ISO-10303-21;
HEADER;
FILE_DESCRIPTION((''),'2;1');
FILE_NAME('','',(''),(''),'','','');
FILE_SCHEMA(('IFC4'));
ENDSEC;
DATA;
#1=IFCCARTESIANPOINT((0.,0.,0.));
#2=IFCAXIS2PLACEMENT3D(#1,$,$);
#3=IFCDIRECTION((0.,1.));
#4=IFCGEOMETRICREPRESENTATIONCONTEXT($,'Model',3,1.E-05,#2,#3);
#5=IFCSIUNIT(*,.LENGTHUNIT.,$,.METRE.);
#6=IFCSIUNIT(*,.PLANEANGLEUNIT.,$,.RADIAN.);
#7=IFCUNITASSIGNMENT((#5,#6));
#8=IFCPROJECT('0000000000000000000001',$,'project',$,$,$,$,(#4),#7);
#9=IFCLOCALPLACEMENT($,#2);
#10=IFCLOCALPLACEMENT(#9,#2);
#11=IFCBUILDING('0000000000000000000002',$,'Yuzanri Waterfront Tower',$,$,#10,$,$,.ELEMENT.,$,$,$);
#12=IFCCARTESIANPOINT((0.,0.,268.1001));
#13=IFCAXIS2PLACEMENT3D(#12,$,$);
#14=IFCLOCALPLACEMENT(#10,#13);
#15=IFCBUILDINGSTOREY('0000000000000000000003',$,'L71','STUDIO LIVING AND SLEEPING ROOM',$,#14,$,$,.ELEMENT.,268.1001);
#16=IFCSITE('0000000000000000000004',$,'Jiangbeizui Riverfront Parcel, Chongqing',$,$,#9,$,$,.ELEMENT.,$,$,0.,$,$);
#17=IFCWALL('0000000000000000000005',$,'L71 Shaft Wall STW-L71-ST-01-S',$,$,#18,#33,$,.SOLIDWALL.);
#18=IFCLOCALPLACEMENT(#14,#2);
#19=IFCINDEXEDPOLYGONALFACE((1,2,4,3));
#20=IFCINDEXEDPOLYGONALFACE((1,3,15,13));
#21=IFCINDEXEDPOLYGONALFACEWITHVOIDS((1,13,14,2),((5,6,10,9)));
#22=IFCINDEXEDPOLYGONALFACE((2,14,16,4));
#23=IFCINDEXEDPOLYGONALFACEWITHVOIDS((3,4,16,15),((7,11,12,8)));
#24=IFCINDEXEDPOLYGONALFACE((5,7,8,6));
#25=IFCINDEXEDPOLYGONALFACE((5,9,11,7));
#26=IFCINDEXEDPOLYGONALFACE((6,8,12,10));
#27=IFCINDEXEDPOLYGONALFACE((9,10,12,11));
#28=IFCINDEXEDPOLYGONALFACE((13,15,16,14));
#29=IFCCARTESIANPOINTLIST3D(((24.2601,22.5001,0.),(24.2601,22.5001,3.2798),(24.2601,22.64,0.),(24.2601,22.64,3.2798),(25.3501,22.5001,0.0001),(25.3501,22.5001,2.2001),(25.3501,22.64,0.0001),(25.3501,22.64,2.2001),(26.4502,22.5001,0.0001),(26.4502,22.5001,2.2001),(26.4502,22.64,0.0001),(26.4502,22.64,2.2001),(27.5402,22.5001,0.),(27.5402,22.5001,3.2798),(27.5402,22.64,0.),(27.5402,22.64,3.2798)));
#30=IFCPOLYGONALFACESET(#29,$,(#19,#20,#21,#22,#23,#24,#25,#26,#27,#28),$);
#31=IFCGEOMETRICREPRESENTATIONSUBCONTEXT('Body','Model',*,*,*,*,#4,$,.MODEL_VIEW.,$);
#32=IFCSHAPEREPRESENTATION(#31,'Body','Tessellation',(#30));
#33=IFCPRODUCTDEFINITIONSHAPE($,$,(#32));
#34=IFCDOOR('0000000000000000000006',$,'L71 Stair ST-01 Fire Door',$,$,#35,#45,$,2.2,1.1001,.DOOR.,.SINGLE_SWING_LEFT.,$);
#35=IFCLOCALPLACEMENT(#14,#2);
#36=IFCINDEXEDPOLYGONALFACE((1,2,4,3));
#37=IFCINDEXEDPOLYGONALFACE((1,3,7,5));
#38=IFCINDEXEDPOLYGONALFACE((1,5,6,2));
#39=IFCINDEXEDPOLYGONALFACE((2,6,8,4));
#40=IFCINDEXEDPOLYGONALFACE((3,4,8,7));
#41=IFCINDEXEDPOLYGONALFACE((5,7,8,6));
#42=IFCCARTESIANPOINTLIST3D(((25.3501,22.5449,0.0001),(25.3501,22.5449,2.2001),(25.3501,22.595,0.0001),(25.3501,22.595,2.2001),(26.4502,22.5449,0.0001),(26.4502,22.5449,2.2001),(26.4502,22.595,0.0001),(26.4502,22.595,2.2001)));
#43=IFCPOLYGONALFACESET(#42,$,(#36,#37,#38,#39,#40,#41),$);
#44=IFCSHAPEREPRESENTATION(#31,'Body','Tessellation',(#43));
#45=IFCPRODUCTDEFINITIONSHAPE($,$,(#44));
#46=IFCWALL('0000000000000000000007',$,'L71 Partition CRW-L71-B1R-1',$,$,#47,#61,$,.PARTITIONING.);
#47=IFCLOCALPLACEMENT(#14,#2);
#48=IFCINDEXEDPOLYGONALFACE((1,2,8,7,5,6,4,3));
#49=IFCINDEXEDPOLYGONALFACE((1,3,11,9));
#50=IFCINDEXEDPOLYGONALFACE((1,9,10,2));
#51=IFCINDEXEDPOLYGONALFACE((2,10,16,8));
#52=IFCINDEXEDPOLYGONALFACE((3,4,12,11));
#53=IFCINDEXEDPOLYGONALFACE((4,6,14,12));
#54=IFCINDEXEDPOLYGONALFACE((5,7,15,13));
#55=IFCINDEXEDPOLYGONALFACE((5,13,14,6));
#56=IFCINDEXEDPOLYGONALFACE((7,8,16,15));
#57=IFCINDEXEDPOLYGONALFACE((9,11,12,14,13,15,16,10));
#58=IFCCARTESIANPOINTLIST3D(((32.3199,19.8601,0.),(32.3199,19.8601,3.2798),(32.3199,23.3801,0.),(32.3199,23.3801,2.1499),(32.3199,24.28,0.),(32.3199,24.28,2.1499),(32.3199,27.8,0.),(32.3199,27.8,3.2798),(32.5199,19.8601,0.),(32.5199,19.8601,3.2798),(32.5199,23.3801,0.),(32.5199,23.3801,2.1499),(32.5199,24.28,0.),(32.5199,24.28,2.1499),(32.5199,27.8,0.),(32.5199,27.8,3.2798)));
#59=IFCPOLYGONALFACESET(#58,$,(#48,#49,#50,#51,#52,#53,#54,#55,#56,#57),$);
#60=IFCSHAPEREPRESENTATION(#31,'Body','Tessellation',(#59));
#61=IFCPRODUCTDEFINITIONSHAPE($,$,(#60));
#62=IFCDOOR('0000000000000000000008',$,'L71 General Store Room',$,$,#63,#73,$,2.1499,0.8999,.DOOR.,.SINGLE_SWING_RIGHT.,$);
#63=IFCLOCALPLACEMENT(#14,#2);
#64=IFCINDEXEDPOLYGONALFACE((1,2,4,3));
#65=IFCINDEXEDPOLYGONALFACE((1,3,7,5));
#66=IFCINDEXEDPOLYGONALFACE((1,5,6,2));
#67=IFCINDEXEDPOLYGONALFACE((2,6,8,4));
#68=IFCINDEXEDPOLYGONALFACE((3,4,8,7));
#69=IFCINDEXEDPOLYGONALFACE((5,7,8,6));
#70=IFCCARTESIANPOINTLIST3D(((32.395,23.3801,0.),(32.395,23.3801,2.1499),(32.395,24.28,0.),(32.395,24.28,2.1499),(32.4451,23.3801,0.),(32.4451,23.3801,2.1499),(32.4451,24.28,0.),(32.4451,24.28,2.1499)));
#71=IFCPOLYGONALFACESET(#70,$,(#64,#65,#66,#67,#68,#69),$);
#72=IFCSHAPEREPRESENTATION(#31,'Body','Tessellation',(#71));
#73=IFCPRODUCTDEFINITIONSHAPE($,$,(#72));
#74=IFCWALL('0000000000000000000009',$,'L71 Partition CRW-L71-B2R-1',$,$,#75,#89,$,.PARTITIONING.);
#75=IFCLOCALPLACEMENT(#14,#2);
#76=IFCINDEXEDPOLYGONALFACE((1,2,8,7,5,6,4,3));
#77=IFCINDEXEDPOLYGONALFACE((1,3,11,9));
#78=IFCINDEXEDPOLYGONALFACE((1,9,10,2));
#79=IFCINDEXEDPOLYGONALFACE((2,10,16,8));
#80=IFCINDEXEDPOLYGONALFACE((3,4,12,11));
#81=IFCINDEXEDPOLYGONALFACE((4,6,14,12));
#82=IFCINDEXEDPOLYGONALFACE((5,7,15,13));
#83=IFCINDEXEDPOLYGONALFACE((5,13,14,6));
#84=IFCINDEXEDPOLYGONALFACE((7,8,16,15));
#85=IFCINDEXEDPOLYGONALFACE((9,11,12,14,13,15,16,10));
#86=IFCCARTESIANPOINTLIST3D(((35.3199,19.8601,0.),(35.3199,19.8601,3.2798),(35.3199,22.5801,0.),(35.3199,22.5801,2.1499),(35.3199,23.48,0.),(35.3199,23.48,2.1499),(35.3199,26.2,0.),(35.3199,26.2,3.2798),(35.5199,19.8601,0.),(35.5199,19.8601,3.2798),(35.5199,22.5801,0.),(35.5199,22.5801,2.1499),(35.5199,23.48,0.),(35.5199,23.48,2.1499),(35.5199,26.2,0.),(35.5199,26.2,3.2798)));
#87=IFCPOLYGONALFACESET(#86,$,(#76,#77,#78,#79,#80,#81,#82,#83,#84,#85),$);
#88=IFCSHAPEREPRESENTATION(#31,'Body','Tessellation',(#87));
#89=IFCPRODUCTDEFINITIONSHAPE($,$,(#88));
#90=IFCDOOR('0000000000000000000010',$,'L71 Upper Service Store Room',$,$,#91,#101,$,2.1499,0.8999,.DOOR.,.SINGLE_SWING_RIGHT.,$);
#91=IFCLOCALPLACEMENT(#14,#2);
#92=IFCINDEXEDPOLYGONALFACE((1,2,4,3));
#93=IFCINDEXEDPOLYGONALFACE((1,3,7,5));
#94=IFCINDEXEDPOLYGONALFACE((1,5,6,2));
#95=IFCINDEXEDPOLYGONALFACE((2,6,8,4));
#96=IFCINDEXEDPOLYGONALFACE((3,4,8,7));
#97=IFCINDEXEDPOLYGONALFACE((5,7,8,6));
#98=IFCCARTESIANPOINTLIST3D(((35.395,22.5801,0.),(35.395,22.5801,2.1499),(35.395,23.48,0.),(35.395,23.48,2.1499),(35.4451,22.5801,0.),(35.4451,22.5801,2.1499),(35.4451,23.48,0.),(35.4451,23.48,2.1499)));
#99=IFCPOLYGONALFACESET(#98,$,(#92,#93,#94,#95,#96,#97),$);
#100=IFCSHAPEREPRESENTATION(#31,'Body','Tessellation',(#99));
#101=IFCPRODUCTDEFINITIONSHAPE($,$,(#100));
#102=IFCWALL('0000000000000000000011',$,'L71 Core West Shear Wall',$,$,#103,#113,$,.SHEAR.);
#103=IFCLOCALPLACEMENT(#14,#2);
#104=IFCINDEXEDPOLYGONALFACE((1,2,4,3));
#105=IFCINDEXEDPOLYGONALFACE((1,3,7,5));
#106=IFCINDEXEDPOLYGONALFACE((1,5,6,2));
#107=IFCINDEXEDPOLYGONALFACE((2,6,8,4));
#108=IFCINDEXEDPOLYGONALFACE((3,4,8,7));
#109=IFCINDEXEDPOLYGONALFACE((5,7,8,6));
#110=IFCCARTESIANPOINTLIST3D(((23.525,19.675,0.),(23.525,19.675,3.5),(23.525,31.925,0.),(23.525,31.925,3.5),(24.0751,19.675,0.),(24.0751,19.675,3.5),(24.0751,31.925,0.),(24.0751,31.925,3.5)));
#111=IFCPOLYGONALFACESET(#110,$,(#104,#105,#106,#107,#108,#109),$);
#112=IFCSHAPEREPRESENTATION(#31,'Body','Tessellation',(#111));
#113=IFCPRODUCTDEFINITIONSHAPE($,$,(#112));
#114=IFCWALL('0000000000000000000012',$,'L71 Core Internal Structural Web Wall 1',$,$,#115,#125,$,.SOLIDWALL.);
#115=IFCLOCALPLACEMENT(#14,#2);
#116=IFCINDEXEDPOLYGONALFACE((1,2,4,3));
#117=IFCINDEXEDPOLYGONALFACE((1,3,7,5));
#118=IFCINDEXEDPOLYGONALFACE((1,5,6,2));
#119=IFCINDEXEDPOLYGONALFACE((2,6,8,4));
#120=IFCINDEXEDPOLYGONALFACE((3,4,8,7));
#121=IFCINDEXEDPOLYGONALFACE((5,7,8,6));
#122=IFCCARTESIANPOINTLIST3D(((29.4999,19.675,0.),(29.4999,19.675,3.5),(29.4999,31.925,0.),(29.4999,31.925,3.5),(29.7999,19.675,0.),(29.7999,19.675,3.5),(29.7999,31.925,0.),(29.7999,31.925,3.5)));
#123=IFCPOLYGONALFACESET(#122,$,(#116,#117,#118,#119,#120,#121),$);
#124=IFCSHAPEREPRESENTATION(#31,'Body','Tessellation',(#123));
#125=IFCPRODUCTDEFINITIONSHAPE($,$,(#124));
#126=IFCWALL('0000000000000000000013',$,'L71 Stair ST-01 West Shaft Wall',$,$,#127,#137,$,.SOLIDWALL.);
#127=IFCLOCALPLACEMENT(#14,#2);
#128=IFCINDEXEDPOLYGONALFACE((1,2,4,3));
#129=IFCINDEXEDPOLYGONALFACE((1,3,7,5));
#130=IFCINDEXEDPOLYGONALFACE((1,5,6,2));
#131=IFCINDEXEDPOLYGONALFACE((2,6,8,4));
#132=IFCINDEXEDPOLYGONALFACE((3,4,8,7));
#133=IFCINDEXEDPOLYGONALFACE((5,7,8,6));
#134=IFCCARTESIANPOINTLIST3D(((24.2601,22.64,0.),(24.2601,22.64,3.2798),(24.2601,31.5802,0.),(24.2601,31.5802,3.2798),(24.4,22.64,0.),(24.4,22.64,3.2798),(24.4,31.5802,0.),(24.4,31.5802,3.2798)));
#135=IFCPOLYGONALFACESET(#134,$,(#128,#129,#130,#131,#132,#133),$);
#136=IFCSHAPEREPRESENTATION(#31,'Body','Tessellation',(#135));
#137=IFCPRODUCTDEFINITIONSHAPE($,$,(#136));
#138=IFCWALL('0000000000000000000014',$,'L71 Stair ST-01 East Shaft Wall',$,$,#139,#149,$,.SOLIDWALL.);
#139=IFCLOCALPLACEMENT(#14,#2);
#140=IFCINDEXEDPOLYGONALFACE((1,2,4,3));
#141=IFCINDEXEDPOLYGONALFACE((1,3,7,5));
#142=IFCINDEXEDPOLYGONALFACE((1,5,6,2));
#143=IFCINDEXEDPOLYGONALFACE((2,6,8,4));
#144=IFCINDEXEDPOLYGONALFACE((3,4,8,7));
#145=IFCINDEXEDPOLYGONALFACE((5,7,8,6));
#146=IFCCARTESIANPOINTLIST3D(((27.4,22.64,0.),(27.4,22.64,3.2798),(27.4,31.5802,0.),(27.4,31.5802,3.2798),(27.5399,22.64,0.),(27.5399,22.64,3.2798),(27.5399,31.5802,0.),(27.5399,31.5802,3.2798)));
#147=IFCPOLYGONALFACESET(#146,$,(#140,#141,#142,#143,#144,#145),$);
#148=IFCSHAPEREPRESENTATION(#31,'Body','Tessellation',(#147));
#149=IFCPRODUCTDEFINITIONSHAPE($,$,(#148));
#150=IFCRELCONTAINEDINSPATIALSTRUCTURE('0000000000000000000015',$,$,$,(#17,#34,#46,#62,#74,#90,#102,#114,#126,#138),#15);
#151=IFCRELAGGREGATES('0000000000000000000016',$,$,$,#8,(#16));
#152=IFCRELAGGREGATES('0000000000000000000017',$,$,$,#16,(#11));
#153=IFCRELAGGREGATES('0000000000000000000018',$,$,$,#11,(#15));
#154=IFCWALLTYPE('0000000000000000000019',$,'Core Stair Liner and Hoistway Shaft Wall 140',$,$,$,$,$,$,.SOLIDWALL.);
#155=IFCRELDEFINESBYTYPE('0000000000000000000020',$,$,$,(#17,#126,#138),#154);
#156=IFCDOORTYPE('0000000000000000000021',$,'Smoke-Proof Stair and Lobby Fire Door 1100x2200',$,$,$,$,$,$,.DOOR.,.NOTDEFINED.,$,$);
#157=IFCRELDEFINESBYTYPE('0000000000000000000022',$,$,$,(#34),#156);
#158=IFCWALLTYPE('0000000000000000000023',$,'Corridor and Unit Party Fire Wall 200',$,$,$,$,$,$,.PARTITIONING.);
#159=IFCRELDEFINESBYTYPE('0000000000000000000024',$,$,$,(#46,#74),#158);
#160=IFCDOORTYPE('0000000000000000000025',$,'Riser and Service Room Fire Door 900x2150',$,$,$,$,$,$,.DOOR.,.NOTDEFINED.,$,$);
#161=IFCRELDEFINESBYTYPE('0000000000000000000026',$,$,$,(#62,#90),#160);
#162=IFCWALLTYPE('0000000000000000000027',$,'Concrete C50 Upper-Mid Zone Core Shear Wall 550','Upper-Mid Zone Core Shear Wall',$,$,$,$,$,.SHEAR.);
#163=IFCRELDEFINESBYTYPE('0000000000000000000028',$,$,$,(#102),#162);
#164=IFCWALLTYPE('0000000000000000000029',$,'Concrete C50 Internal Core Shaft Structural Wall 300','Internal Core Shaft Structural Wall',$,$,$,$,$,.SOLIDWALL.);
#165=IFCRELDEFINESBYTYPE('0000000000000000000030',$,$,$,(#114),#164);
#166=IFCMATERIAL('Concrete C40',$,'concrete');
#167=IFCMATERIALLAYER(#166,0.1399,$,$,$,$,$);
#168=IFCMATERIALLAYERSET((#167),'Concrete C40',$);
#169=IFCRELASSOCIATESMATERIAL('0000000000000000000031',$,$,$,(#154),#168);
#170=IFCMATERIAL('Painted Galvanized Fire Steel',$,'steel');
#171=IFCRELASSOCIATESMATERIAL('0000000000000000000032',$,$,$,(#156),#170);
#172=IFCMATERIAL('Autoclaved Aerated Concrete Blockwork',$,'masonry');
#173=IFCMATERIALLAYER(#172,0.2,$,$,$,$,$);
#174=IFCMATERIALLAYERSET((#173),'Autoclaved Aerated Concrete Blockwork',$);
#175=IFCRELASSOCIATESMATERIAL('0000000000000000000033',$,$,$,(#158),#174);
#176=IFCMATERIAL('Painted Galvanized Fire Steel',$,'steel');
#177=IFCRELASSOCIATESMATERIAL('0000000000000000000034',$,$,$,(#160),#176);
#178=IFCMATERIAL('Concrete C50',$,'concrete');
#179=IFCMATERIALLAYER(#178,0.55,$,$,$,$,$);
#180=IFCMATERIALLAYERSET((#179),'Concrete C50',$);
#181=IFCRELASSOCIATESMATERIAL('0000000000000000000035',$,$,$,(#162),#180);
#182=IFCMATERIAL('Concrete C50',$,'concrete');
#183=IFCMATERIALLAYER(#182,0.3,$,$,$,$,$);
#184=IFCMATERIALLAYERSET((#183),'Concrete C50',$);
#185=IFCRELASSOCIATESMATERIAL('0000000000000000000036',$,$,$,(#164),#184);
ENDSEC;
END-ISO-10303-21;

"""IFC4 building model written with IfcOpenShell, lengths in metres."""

from ifc_helpers import new_model, si_unit, direction, frame, frame_2d, origin, place, context, subcontext, project, spatial, rectangle, extrude, source, transform, mapped, material, layer, layer_set, type_object, element, fill, save


model = new_model("IFC4")

# Units and contexts
model_context = context("Model", 3, precision=1e-05, world=origin(), true_north=direction((0.0, 1.0)))
body_context = subcontext(model_context, "Body", "Model", "MODEL_VIEW")
ifc_project = project(units=[si_unit("LENGTHUNIT", "METRE"), si_unit("PLANEANGLEUNIT", "RADIAN")], contexts=[model_context])

# Site, building, storey
site_placement = place(None, origin())
site = spatial("IfcSite", under=ifc_project, at=site_placement, Name="Jiangbeizui Riverfront Parcel, Chongqing", CompositionType="ELEMENT", RefElevation=0.0)
building_placement = place(site_placement, origin())
building = spatial("IfcBuilding", under=site, at=building_placement, Name="Yuzanri Waterfront Tower", CompositionType="ELEMENT")
storey_placement = place(building_placement, frame((0.0, 0.0, 268.1001)))
storey = spatial("IfcBuildingStorey", under=building, at=storey_placement, Name="L71", Description="STUDIO LIVING AND SLEEPING ROOM", CompositionType="ELEMENT", Elevation=268.1001)

# Walls, openings, doors
ifc_material_1 = material(Name="Concrete C40", Category="concrete")
ifc_layer_1 = layer(ifc_material_1, 0.1399)
ifc_layer_set_1 = layer_set([ifc_layer_1], Name="Concrete C40")
wall_type_1 = type_object("IfcWallType", Name="Core Stair Liner and Hoistway Shaft Wall 140", PredefinedType="SOLIDWALL", material=ifc_layer_set_1)
wall_1_placement = place(storey_placement, frame((24.26, 22.5701, 0.0), z_axis=(0.0, 0.0, 1.0), x_axis=(1.0, 0.0, 0.0)))
wall_1 = element("IfcWall", 1, at=wall_1_placement, inside=storey, type_object=wall_type_1, Name="L71 Shaft Wall STW-L71-ST-01-S", PredefinedType="SOLIDWALL", context=body_context, shape_type="SweptSolid", body=[
    extrude(rectangle(XDim=3.28, YDim=0.1399, at=frame_2d((1.6401, 0.0))), origin(), (0.0, 0.0, 1.0), 3.2798),
])
opening_1_placement = place(wall_1_placement, frame((1.0901, 0.0, 0.0)))
opening_1 = element("IfcOpeningElement", 2, at=opening_1_placement, cuts=wall_1, PredefinedType="OPENING", context=body_context, shape_type="SweptSolid", body=[
    extrude(rectangle(XDim=1.1001, YDim=2.2, at=frame_2d((0.55, 1.1001))), frame((0.0, 0.085, 0.0), z_axis=(0.0, -1.0, 0.0), x_axis=(1.0, 0.0, 0.0)), (0.0, 0.0, 1.0), 0.1697),
])
ifc_material_2 = material(Name="Painted Galvanized Fire Steel", Category="steel")
door_type_1 = type_object("IfcDoorType", Name="Smoke-Proof Stair and Lobby Fire Door 1100x2200", OperationType="NOTDEFINED", PredefinedType="DOOR", material=ifc_material_2)
shared_shape_1 = source(origin(), body_context, "Body", "SweptSolid", [
    extrude(rectangle(XDim=1.1001, YDim=2.2, at=frame_2d((0.55, 1.1001))), frame((0.0, 0.0249, 0.0), z_axis=(0.0, -1.0, 0.0), x_axis=(1.0, 0.0, 0.0)), (0.0, 0.0, 1.0), 0.05),
])
door_1_placement = place(opening_1_placement, origin())
door_1 = element("IfcDoor", 3, at=door_1_placement, inside=storey, type_object=door_type_1, Name="L71 Stair ST-01 Fire Door", OperationType="SINGLE_SWING_LEFT", OverallHeight=2.2, OverallWidth=1.1001, PredefinedType="DOOR", context=body_context, shape_type="MappedRepresentation", body=[
    mapped(shared_shape_1, transform((0.0, 0.0, 0.0), scale=1.0)),
])
fill(opening_1, door_1)
ifc_material_3 = material(Name="Autoclaved Aerated Concrete Blockwork", Category="masonry")
ifc_layer_2 = layer(ifc_material_3, 0.2)
ifc_layer_set_2 = layer_set([ifc_layer_2], Name="Autoclaved Aerated Concrete Blockwork")
wall_type_2 = type_object("IfcWallType", Name="Corridor and Unit Party Fire Wall 200", PredefinedType="PARTITIONING", material=ifc_layer_set_2)
wall_2_placement = place(storey_placement, frame((32.4199, 19.8601, 0.0), z_axis=(0.0, 0.0, 1.0), x_axis=(0.0, 1.0, 0.0)))
wall_2 = element("IfcWall", 4, at=wall_2_placement, inside=storey, type_object=wall_type_2, Name="L71 Partition CRW-L71-B1R-1", PredefinedType="PARTITIONING", context=body_context, shape_type="SweptSolid", body=[
    extrude(rectangle(XDim=7.9399, YDim=0.2, at=frame_2d((3.97, 0.0))), origin(), (0.0, 0.0, 1.0), 3.2798),
])
opening_2_placement = place(wall_2_placement, frame((3.52, 0.0, 0.0)))
opening_2 = element("IfcOpeningElement", 5, at=opening_2_placement, cuts=wall_2, PredefinedType="OPENING", context=body_context, shape_type="SweptSolid", body=[
    extrude(rectangle(XDim=0.8999, YDim=2.1499, at=frame_2d((0.45, 1.075))), frame((0.0, 0.1147, 0.0), z_axis=(0.0, -1.0, 0.0), x_axis=(1.0, 0.0, 0.0)), (0.0, 0.0, 1.0), 0.2297),
])
ifc_material_4 = material(Name="Painted Galvanized Fire Steel", Category="steel")
door_type_2 = type_object("IfcDoorType", Name="Riser and Service Room Fire Door 900x2150", OperationType="NOTDEFINED", PredefinedType="DOOR", material=ifc_material_4)
shared_shape_2 = source(origin(), body_context, "Body", "SweptSolid", [
    extrude(rectangle(XDim=0.8999, YDim=2.1499, at=frame_2d((0.45, 1.075))), frame((0.0, 0.0249, 0.0), z_axis=(0.0, -1.0, 0.0), x_axis=(1.0, 0.0, 0.0)), (0.0, 0.0, 1.0), 0.05),
])
door_2_placement = place(opening_2_placement, origin())
door_2 = element("IfcDoor", 6, at=door_2_placement, inside=storey, type_object=door_type_2, Name="L71 General Store Room", OperationType="SINGLE_SWING_RIGHT", OverallHeight=2.1499, OverallWidth=0.8999, PredefinedType="DOOR", context=body_context, shape_type="MappedRepresentation", body=[
    mapped(shared_shape_2, transform((0.0, 0.0, 0.0), scale=1.0)),
])
fill(opening_2, door_2)
wall_3_placement = place(storey_placement, frame((35.4199, 19.8601, 0.0), z_axis=(0.0, 0.0, 1.0), x_axis=(0.0, 1.0, 0.0)))
wall_3 = element("IfcWall", 7, at=wall_3_placement, inside=storey, type_object=wall_type_2, Name="L71 Partition CRW-L71-B2R-1", PredefinedType="PARTITIONING", context=body_context, shape_type="SweptSolid", body=[
    extrude(rectangle(XDim=6.3398, YDim=0.2, at=frame_2d((3.1699, 0.0))), origin(), (0.0, 0.0, 1.0), 3.2798),
])
opening_3_placement = place(wall_3_placement, frame((2.72, 0.0, 0.0)))
opening_3 = element("IfcOpeningElement", 8, at=opening_3_placement, cuts=wall_3, PredefinedType="OPENING", context=body_context, shape_type="SweptSolid", body=[
    extrude(rectangle(XDim=0.8999, YDim=2.1499, at=frame_2d((0.45, 1.075))), frame((0.0, 0.1147, 0.0), z_axis=(0.0, -1.0, 0.0), x_axis=(1.0, 0.0, 0.0)), (0.0, 0.0, 1.0), 0.2297),
])
door_3_placement = place(opening_3_placement, origin())
door_3 = element("IfcDoor", 9, at=door_3_placement, inside=storey, type_object=door_type_2, Name="L71 Upper Service Store Room", OperationType="SINGLE_SWING_RIGHT", OverallHeight=2.1499, OverallWidth=0.8999, PredefinedType="DOOR", context=body_context, shape_type="MappedRepresentation", body=[
    mapped(shared_shape_2, transform((0.0, 0.0, 0.0), scale=1.0)),
])
fill(opening_3, door_3)

# Walls
ifc_material_5 = material(Name="Concrete C50", Category="concrete")
ifc_layer_3 = layer(ifc_material_5, 0.55)
ifc_layer_set_3 = layer_set([ifc_layer_3], Name="Concrete C50")
wall_type_3 = type_object("IfcWallType", Name="Concrete C50 Upper-Mid Zone Core Shear Wall 550", Description="Upper-Mid Zone Core Shear Wall", PredefinedType="SHEAR", material=ifc_layer_set_3)
shared_shape_3 = source(origin(), body_context, "Body", "SweptSolid", [
    extrude(rectangle(XDim=12.25, YDim=0.55, at=frame_2d((6.125, 0.0))), origin(), (0.0, 0.0, 1.0), 3.5),
])
wall_4_placement = place(storey_placement, frame((23.8, 19.675, 0.0), z_axis=(0.0, 0.0, 1.0), x_axis=(0.0, 1.0, 0.0)))
element("IfcWall", 10, at=wall_4_placement, inside=storey, type_object=wall_type_3, Name="L71 Core West Shear Wall", PredefinedType="SHEAR", context=body_context, shape_type="MappedRepresentation", body=[
    mapped(shared_shape_3, transform((0.0, 0.0, 0.0), scale=1.0)),
])
ifc_material_6 = material(Name="Concrete C50", Category="concrete")
ifc_layer_4 = layer(ifc_material_6, 0.3)
ifc_layer_set_4 = layer_set([ifc_layer_4], Name="Concrete C50")
wall_type_4 = type_object("IfcWallType", Name="Concrete C50 Internal Core Shaft Structural Wall 300", Description="Internal Core Shaft Structural Wall", PredefinedType="SOLIDWALL", material=ifc_layer_set_4)
shared_shape_4 = source(origin(), body_context, "Body", "SweptSolid", [
    extrude(rectangle(XDim=12.25, YDim=0.3, at=frame_2d((6.125, 0.0))), origin(), (0.0, 0.0, 1.0), 3.5),
])
wall_5_placement = place(storey_placement, frame((29.6499, 19.675, 0.0), z_axis=(0.0, 0.0, 1.0), x_axis=(0.0, 1.0, 0.0)))
element("IfcWall", 11, at=wall_5_placement, inside=storey, type_object=wall_type_4, Name="L71 Core Internal Structural Web Wall 1", PredefinedType="SOLIDWALL", context=body_context, shape_type="MappedRepresentation", body=[
    mapped(shared_shape_4, transform((0.0, 0.0, 0.0), scale=1.0)),
])
shared_shape_5 = source(origin(), body_context, "Body", "SweptSolid", [
    extrude(rectangle(XDim=8.9402, YDim=0.1399, at=frame_2d((4.4702, 0.0))), origin(), (0.0, 0.0, 1.0), 3.2798),
])
for number, where, z_axis, x_axis, name in (
    (12, (24.3301, 22.6399, 0.0), (0.0, 0.0, 1.0), (0.0, 1.0, 0.0), "L71 Stair ST-01 West Shaft Wall"),
    (13, (27.47, 22.6399, 0.0), (0.0, 0.0, 1.0), (0.0, 1.0, 0.0), "L71 Stair ST-01 East Shaft Wall"),
):
    element("IfcWall", number, at=place(storey_placement, frame(where, z_axis=z_axis, x_axis=x_axis)), inside=storey, type_object=wall_type_1, Name=name, PredefinedType="SOLIDWALL", context=body_context, shape_type="MappedRepresentation", body=[
        mapped(shared_shape_5, transform((0.0, 0.0, 0.0), scale=1.0)),
    ])

save(model, "model.ifc")
